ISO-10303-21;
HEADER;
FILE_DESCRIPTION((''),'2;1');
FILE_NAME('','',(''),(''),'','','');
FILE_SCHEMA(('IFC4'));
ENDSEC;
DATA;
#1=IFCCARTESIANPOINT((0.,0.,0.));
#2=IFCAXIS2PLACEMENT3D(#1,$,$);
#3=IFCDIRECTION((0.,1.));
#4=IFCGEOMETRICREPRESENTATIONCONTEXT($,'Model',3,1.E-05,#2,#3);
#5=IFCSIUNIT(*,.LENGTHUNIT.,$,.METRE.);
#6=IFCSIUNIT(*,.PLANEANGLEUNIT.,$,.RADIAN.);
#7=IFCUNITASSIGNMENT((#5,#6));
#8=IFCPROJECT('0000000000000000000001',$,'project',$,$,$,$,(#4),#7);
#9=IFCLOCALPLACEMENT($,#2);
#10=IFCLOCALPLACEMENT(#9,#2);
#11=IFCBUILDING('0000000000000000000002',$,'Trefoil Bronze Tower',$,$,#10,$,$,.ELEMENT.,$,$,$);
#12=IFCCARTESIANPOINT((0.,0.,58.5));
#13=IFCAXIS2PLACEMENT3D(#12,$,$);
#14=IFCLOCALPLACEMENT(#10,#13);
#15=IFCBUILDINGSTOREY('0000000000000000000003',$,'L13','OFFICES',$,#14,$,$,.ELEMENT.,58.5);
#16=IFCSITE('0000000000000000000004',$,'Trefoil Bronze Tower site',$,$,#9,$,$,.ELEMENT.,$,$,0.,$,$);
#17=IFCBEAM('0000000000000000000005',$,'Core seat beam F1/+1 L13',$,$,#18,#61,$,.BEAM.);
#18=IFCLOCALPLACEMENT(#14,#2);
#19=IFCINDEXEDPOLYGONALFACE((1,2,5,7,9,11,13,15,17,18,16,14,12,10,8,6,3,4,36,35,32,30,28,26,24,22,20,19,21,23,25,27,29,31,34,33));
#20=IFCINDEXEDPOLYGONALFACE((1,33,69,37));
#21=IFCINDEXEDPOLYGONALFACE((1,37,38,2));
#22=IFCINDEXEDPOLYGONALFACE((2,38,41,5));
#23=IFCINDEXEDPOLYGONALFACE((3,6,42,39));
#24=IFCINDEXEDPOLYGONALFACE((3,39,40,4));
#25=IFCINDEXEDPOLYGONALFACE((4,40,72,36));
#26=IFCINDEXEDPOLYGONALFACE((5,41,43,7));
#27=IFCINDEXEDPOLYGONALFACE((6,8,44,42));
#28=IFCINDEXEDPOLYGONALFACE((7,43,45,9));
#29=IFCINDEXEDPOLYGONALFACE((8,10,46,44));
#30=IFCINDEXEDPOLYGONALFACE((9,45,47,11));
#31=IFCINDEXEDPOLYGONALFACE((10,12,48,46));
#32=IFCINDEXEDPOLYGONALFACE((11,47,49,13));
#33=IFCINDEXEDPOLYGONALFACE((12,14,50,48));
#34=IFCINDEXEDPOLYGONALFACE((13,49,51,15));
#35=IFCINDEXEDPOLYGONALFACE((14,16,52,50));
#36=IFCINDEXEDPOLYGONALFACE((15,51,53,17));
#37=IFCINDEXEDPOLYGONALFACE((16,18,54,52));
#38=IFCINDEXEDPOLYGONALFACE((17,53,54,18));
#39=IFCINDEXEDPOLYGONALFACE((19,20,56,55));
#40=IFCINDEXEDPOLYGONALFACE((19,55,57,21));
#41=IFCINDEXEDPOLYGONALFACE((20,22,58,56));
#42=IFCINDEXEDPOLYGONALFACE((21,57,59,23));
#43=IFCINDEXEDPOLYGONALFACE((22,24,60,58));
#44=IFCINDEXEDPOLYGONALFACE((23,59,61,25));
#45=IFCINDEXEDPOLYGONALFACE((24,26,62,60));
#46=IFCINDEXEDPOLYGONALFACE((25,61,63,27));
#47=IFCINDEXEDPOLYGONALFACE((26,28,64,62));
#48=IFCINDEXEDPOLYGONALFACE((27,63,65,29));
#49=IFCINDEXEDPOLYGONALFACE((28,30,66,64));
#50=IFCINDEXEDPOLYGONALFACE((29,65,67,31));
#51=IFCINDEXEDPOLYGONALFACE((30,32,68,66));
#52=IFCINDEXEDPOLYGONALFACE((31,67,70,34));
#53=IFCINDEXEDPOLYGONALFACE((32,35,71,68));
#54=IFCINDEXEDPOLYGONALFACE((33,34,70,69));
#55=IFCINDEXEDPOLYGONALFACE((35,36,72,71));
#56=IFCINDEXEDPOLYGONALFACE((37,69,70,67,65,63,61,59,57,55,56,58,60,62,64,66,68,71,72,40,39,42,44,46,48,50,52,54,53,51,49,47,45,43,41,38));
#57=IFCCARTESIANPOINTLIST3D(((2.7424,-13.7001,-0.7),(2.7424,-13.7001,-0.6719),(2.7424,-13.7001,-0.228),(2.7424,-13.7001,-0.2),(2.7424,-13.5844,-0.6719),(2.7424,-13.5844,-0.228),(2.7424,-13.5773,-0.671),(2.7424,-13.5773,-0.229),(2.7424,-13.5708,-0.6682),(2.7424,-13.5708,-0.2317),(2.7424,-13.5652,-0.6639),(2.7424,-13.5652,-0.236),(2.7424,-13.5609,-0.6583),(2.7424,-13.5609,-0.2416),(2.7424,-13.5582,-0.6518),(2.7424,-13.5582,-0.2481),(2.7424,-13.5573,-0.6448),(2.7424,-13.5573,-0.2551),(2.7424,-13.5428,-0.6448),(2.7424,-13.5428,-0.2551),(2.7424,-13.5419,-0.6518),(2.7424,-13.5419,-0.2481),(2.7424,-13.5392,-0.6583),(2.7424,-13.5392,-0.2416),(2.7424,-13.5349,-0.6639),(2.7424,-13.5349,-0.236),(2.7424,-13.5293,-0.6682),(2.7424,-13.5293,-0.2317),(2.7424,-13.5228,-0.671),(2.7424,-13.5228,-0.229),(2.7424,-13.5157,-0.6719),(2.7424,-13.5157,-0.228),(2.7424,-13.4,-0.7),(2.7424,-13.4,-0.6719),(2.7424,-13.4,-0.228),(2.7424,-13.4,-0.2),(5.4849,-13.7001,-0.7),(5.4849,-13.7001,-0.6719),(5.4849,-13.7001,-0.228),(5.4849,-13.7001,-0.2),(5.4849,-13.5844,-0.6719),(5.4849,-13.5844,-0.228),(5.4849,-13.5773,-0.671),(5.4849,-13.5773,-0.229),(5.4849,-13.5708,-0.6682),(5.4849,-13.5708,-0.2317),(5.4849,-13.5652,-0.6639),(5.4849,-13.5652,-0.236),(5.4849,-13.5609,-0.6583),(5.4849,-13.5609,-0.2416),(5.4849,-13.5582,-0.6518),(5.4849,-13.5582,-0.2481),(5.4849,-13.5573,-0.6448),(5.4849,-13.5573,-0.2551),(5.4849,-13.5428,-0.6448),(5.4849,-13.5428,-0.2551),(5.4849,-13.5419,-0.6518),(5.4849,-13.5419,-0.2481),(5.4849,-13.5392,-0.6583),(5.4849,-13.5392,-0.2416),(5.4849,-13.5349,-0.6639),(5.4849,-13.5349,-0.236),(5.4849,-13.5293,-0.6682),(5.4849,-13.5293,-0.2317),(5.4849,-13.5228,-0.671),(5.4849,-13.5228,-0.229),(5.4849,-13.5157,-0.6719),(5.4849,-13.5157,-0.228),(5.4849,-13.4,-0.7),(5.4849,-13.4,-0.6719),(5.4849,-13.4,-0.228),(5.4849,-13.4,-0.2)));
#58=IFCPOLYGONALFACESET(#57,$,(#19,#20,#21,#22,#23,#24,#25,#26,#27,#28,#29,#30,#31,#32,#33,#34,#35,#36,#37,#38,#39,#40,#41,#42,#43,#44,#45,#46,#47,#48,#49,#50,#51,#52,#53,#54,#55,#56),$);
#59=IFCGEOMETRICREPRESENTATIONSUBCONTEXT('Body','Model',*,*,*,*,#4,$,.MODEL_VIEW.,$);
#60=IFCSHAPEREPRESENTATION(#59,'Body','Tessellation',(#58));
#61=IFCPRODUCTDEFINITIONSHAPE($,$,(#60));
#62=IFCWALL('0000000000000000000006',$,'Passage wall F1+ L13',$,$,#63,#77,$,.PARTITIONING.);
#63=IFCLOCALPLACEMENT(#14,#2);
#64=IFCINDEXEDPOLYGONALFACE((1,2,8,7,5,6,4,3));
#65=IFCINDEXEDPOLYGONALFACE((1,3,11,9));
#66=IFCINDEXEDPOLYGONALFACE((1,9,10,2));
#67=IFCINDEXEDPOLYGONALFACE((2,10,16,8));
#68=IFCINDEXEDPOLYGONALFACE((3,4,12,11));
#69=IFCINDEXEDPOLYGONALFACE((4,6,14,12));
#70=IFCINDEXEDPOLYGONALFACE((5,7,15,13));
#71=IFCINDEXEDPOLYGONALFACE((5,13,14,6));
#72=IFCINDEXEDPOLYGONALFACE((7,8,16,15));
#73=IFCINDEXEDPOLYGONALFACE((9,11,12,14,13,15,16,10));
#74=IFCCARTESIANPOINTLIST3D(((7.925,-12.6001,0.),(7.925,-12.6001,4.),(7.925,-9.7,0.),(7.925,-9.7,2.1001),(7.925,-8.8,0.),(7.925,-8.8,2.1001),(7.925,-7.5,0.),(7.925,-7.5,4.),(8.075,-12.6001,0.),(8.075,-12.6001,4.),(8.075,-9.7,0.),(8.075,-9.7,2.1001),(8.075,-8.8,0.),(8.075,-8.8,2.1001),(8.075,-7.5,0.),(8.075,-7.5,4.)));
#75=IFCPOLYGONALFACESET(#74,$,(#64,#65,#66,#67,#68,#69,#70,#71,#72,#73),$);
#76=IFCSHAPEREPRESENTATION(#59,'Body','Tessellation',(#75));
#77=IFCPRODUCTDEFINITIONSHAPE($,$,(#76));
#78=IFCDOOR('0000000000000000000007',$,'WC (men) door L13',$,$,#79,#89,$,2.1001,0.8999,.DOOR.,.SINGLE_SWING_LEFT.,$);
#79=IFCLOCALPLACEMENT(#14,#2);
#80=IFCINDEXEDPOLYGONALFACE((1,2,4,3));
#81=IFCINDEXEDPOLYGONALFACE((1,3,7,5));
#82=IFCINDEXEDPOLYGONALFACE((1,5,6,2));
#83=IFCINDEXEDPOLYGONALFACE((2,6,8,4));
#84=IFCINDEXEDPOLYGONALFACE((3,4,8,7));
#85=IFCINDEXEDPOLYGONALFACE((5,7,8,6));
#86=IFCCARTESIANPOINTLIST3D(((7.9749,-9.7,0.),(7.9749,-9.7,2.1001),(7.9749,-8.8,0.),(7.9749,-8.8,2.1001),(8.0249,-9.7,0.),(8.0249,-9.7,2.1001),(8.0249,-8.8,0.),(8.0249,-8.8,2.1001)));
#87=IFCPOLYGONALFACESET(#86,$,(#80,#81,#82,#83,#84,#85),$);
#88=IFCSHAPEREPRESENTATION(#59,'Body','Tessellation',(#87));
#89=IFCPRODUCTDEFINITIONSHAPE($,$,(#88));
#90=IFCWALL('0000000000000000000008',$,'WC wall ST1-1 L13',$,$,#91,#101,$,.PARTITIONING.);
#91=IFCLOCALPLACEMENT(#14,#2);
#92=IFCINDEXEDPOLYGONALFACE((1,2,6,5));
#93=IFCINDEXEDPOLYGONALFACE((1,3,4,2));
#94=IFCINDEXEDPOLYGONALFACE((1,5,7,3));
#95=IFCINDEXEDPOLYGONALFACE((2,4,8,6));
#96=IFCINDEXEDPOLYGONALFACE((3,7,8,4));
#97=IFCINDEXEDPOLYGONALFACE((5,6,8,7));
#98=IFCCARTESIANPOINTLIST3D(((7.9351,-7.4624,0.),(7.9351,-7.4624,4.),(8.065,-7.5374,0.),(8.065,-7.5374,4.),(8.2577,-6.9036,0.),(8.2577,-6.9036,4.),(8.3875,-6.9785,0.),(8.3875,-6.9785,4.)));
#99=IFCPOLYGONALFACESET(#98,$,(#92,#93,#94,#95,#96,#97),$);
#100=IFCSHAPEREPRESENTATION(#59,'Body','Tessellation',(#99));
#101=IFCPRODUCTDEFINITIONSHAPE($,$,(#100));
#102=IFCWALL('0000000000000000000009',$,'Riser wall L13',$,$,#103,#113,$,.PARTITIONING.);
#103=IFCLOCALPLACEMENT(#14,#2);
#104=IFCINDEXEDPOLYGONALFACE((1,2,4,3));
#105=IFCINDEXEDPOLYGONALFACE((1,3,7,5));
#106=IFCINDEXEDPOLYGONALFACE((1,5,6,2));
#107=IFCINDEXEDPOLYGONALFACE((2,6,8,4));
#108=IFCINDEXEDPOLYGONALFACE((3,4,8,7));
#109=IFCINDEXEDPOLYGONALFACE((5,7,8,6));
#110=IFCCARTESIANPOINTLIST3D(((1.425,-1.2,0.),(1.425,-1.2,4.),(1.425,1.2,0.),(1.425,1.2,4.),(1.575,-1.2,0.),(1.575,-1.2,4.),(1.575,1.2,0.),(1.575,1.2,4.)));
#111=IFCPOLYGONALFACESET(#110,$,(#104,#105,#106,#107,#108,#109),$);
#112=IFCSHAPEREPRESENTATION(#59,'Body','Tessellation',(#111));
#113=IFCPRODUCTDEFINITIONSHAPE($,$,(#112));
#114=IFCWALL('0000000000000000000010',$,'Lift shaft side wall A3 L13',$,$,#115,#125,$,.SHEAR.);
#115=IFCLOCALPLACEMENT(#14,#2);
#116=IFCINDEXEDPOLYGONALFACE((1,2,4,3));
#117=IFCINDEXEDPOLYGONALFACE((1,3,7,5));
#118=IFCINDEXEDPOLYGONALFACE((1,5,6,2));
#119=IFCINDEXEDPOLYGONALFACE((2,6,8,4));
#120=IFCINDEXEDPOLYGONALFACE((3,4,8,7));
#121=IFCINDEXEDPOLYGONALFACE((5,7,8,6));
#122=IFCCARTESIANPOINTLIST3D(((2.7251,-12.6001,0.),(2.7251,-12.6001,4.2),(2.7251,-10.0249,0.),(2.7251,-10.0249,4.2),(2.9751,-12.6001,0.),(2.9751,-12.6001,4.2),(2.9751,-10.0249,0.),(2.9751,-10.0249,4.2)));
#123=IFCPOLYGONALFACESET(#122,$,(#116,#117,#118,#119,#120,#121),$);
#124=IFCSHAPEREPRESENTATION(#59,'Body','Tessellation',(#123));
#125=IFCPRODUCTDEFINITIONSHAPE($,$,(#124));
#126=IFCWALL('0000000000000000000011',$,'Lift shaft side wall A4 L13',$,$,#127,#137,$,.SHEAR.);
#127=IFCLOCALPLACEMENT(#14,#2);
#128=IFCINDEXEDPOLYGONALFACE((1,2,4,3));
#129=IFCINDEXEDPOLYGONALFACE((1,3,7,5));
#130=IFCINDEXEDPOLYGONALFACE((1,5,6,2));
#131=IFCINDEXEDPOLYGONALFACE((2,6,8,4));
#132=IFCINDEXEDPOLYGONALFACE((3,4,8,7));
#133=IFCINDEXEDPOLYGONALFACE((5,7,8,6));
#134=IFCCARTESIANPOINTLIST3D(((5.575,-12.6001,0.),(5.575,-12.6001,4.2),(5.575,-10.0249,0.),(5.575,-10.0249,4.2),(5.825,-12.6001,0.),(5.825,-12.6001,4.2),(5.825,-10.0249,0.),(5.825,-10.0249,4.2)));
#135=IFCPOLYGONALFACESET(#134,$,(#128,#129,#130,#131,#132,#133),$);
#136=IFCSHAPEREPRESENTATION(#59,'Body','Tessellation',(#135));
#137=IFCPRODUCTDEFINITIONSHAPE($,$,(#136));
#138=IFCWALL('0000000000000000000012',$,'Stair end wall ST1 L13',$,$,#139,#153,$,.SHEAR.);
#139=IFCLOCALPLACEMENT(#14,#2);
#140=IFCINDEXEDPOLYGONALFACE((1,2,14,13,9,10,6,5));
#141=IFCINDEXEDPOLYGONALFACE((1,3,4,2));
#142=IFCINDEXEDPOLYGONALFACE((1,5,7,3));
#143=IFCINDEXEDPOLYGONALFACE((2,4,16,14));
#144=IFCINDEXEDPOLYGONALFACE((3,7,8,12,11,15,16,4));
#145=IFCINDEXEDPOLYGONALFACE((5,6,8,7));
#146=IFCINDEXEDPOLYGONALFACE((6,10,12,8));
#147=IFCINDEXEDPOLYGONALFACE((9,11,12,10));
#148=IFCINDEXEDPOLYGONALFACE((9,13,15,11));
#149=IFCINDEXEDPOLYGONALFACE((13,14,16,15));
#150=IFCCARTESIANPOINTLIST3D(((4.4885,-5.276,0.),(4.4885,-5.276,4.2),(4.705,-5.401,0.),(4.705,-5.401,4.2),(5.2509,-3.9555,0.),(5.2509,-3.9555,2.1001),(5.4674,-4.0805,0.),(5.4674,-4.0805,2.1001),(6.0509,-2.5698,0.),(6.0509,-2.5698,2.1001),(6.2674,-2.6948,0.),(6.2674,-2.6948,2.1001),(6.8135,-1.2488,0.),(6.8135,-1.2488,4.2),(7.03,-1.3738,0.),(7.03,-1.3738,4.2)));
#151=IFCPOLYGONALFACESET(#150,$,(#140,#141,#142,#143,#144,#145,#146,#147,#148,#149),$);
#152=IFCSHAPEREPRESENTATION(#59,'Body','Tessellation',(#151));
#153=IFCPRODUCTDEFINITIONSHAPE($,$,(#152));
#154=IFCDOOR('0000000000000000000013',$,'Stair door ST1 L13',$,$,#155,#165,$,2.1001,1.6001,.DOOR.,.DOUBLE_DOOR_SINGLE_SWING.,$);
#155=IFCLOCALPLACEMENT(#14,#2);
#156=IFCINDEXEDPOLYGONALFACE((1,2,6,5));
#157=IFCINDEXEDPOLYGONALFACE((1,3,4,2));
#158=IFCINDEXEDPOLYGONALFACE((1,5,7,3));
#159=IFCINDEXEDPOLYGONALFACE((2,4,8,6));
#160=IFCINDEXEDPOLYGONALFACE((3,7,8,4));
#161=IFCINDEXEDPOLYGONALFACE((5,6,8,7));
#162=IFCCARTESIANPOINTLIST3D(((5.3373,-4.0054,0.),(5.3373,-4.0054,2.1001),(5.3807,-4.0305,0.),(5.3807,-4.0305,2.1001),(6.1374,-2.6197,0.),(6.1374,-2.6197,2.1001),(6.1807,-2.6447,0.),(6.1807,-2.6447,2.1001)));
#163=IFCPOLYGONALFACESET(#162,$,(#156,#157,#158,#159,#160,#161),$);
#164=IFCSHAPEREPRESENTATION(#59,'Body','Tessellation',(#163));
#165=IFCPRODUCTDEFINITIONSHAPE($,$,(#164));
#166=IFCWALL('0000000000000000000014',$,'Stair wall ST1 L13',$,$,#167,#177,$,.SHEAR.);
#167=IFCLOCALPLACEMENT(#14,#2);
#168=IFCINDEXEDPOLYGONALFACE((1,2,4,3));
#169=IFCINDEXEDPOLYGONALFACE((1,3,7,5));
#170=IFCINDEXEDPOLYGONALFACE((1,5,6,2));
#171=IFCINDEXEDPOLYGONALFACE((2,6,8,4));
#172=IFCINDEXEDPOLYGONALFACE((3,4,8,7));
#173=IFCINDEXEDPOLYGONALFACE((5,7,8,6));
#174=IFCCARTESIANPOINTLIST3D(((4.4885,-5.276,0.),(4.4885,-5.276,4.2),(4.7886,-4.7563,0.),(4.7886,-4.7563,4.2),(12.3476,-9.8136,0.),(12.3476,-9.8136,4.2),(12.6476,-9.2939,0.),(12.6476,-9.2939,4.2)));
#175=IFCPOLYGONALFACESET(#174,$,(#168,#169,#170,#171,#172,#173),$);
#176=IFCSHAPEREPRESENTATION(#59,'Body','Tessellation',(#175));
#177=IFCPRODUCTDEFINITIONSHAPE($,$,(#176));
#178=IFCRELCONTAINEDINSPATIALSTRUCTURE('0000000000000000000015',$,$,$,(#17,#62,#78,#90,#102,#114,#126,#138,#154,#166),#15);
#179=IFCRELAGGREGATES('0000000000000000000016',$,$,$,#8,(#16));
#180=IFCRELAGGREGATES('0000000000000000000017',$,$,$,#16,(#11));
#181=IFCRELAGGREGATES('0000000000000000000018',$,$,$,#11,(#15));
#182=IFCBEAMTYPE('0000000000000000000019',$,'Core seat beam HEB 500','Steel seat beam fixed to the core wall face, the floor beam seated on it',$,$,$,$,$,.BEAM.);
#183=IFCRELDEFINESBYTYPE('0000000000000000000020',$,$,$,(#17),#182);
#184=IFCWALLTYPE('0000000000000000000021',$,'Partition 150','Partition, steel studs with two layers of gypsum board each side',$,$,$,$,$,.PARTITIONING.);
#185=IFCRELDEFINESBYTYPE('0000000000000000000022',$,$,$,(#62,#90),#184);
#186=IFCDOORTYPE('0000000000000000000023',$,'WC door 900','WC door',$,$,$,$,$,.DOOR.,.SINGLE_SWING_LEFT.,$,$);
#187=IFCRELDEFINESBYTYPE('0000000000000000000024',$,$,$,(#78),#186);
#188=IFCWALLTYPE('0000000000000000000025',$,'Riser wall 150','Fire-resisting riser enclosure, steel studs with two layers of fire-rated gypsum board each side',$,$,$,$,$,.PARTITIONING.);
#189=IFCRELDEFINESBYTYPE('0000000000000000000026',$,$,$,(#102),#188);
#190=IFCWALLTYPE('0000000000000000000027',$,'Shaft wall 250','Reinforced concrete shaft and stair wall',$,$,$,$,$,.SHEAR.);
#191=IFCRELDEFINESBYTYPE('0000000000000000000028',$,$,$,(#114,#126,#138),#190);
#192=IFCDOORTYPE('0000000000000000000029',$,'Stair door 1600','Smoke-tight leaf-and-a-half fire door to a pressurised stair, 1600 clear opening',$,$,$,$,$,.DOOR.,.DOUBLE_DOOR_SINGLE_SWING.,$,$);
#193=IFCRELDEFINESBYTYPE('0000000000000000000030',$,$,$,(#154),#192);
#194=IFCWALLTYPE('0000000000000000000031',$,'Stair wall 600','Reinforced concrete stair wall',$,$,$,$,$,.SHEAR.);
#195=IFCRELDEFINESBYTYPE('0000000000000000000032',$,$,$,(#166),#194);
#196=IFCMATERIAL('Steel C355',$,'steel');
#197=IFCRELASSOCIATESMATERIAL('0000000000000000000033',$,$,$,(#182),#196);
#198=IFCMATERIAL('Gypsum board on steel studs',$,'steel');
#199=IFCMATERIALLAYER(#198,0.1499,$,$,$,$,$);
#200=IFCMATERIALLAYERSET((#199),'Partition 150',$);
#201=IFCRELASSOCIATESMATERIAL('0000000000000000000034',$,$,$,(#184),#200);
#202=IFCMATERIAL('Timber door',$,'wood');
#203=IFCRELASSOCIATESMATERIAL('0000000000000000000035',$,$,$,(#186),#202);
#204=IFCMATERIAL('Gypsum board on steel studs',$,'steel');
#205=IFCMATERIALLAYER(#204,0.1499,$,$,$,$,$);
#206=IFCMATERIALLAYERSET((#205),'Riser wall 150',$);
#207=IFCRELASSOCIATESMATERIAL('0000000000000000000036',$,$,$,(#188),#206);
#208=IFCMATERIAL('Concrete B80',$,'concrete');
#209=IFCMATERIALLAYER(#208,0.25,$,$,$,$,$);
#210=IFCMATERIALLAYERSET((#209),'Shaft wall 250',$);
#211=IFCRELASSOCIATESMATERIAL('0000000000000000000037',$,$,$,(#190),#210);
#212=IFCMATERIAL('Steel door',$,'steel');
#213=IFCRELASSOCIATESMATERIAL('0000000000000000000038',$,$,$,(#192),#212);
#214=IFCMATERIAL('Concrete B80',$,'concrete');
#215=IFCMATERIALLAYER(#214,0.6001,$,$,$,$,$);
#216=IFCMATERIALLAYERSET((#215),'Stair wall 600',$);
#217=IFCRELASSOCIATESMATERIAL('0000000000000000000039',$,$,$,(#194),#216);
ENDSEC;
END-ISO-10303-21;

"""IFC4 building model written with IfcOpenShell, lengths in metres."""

from ifc_helpers import new_model, si_unit, direction, frame, frame_2d, origin, origin_2d, place, context, subcontext, project, spatial, rectangle, i_section, extrude, material, layer, layer_set, material_profile, profile_set, type_object, element, fill, save


model = new_model("IFC4")

# Units and contexts
model_context = context("Model", 3, precision=1e-05, world=origin(), true_north=direction((0.0, 1.0)))
body_context = subcontext(model_context, "Body", "Model", "MODEL_VIEW")
ifc_project = project(units=[si_unit("LENGTHUNIT", "METRE"), si_unit("PLANEANGLEUNIT", "RADIAN")], contexts=[model_context])

# Site, building, storey
site_placement = place(None, origin())
site = spatial("IfcSite", under=ifc_project, at=site_placement, Name="Trefoil Bronze Tower site", CompositionType="ELEMENT", RefElevation=0.0)
building_placement = place(site_placement, origin())
building = spatial("IfcBuilding", under=site, at=building_placement, Name="Trefoil Bronze Tower", CompositionType="ELEMENT")
storey_placement = place(building_placement, frame((0.0, 0.0, 58.5)))
storey = spatial("IfcBuildingStorey", under=building, at=storey_placement, Name="L13", Description="OFFICES", CompositionType="ELEMENT", Elevation=58.5)

# Beam
ifc_material_1 = material(Name="Steel C355", Category="steel")
ifc_material_profile = material_profile(ifc_material_1, i_section(OverallWidth=0.3, OverallDepth=0.5, WebThickness=0.0144, FlangeThickness=0.0281, FilletRadius=0.0271, at=origin_2d()), Name="HEB 500")
ifc_profile_set = profile_set([ifc_material_profile], Name="Steel C355")
beam_type = type_object("IfcBeamType", Name="Core seat beam HEB 500", Description="Steel seat beam fixed to the core wall face, the floor beam seated on it", PredefinedType="BEAM", material=ifc_profile_set)
beam_placement = place(storey_placement, frame((2.7424, -13.55, -0.45), z_axis=(1.0, 0.0, 0.0), x_axis=(0.0, 1.0, 0.0)))
element("IfcBeam", 1, at=beam_placement, inside=storey, type_object=beam_type, Name="Core seat beam F1/+1 L13", PredefinedType="BEAM", context=body_context, shape_type="SweptSolid", body=[
    extrude(i_section(OverallWidth=0.3, OverallDepth=0.5, WebThickness=0.0144, FlangeThickness=0.0281, FilletRadius=0.0271, at=origin_2d()), origin(), (0.0, 0.0, 1.0), 2.7424),
])

# Wall, opening, door
ifc_material_2 = material(Name="Gypsum board on steel studs", Category="steel")
ifc_layer_1 = layer(ifc_material_2, 0.1499)
ifc_layer_set_1 = layer_set([ifc_layer_1], Name="Partition 150")
wall_type_1 = type_object("IfcWallType", Name="Partition 150", Description="Partition, steel studs with two layers of gypsum board each side", PredefinedType="PARTITIONING", material=ifc_layer_set_1)
wall_1_placement = place(storey_placement, frame((8.0, -7.5, 0.0), z_axis=(0.0, 0.0, 1.0), x_axis=(0.0, -1.0, 0.0)))
wall_1 = element("IfcWall", 2, at=wall_1_placement, inside=storey, type_object=wall_type_1, Name="Passage wall F1+ L13", PredefinedType="PARTITIONING", context=body_context, shape_type="SweptSolid", body=[
    extrude(rectangle(XDim=5.1001, YDim=0.1499, at=frame_2d((2.55, 0.0))), origin(), (0.0, 0.0, 1.0), 4.0),
])
opening_1_placement = place(wall_1_placement, frame((1.3, 0.0, 0.0)))
opening_1 = element("IfcOpeningElement", 3, at=opening_1_placement, cuts=wall_1, PredefinedType="OPENING", context=body_context, shape_type="SweptSolid", body=[
    extrude(rectangle(XDim=0.8999, YDim=2.1001, at=frame_2d((0.45, 1.05))), frame((0.0, 0.085, 0.0), z_axis=(0.0, -1.0, 0.0), x_axis=(1.0, 0.0, 0.0)), (0.0, 0.0, 1.0), 0.1699),
])
ifc_material_3 = material(Name="Timber door", Category="wood")
door_type_1 = type_object("IfcDoorType", Name="WC door 900", Description="WC door", OperationType="SINGLE_SWING_LEFT", PredefinedType="DOOR", material=ifc_material_3)
door_1_placement = place(opening_1_placement, origin())
door_1 = element("IfcDoor", 4, at=door_1_placement, inside=storey, type_object=door_type_1, Name="WC (men) door L13", OperationType="SINGLE_SWING_LEFT", OverallHeight=2.1001, OverallWidth=0.8999, PredefinedType="DOOR", context=body_context, shape_type="SweptSolid", body=[
    extrude(rectangle(XDim=0.8999, YDim=2.1001, at=frame_2d((0.45, 1.05))), frame((0.0, 0.0249, 0.0), z_axis=(0.0, -1.0, 0.0), x_axis=(1.0, 0.0, 0.0)), (0.0, 0.0, 1.0), 0.05),
])
fill(opening_1, door_1)

# Walls
wall_2_placement = place(storey_placement, frame((8.0, -7.5, 0.0), z_axis=(0.0, 0.0, 1.0), x_axis=(0.499843, 0.866116, 0.0)))
element("IfcWall", 5, at=wall_2_placement, inside=storey, type_object=wall_type_1, Name="WC wall ST1-1 L13", PredefinedType="PARTITIONING", context=body_context, shape_type="SweptSolid", body=[
    extrude(rectangle(XDim=0.6453, YDim=0.1499, at=frame_2d((0.3228, 0.0))), origin(), (0.0, 0.0, 1.0), 4.0),
])
ifc_material_4 = material(Name="Gypsum board on steel studs", Category="steel")
ifc_layer_2 = layer(ifc_material_4, 0.1499)
ifc_layer_set_2 = layer_set([ifc_layer_2], Name="Riser wall 150")
wall_type_2 = type_object("IfcWallType", Name="Riser wall 150", Description="Fire-resisting riser enclosure, steel studs with two layers of fire-rated gypsum board each side", PredefinedType="PARTITIONING", material=ifc_layer_set_2)
wall_3_placement = place(storey_placement, frame((1.5, -1.2, 0.0), z_axis=(0.0, 0.0, 1.0), x_axis=(0.0, 1.0, 0.0)))
element("IfcWall", 6, at=wall_3_placement, inside=storey, type_object=wall_type_2, Name="Riser wall L13", PredefinedType="PARTITIONING", context=body_context, shape_type="SweptSolid", body=[
    extrude(rectangle(XDim=2.3999, YDim=0.1499, at=frame_2d((1.2, 0.0))), origin(), (0.0, 0.0, 1.0), 4.0),
])
ifc_material_5 = material(Name="Concrete B80", Category="concrete")
ifc_layer_3 = layer(ifc_material_5, 0.25)
ifc_layer_set_3 = layer_set([ifc_layer_3], Name="Shaft wall 250")
wall_type_3 = type_object("IfcWallType", Name="Shaft wall 250", Description="Reinforced concrete shaft and stair wall", PredefinedType="SHEAR", material=ifc_layer_set_3)
for number, where, z_axis, x_axis, name in (
    (7, (2.8501, -10.0249, 0.0), (0.0, 0.0, 1.0), (0.0, -1.0, 0.0), "Lift shaft side wall A3 L13"),
    (8, (5.7, -10.0249, 0.0), (0.0, 0.0, 1.0), (0.0, -1.0, 0.0), "Lift shaft side wall A4 L13"),
):
    element("IfcWall", number, at=place(storey_placement, frame(where, z_axis=z_axis, x_axis=x_axis)), inside=storey, type_object=wall_type_3, Name=name, PredefinedType="SHEAR", context=body_context, shape_type="SweptSolid", body=[
        extrude(rectangle(XDim=2.5752, YDim=0.25, at=frame_2d((1.2876, 0.0))), origin(), (0.0, 0.0, 1.0), 4.2),
    ])

# Wall, opening, door
wall_4_placement = place(storey_placement, frame((4.5967, -5.3386, 0.0), z_axis=(0.0, 0.0, 1.0), x_axis=(0.499985, 0.866034, 0.0)))
wall_4 = element("IfcWall", 9, at=wall_4_placement, inside=storey, type_object=wall_type_3, Name="Stair end wall ST1 L13", PredefinedType="SHEAR", context=body_context, shape_type="SweptSolid", body=[
    extrude(rectangle(XDim=4.6501, YDim=0.25, at=frame_2d((2.3252, 0.0))), origin(), (0.0, 0.0, 1.0), 4.2),
])
opening_2_placement = place(wall_4_placement, frame((1.5249, 0.0, 0.0)))
opening_2 = element("IfcOpeningElement", 10, at=opening_2_placement, cuts=wall_4, PredefinedType="OPENING", context=body_context, shape_type="SweptSolid", body=[
    extrude(rectangle(XDim=1.6001, YDim=2.1001, at=frame_2d((0.8, 1.05))), frame((0.0, 0.135, 0.0), z_axis=(0.0, -1.0, 0.0), x_axis=(1.0, 0.0, 0.0)), (0.0, 0.0, 1.0), 0.27),
])
ifc_material_6 = material(Name="Steel door", Category="steel")
door_type_2 = type_object("IfcDoorType", Name="Stair door 1600", Description="Smoke-tight leaf-and-a-half fire door to a pressurised stair, 1600 clear opening", OperationType="DOUBLE_DOOR_SINGLE_SWING", PredefinedType="DOOR", material=ifc_material_6)
door_2_placement = place(opening_2_placement, frame((1.6001, 0.0, 0.0), z_axis=(0.0, 0.0, 1.0), x_axis=(-1.0, 0.0, 0.0)))
door_2 = element("IfcDoor", 11, at=door_2_placement, inside=storey, type_object=door_type_2, Name="Stair door ST1 L13", OperationType="DOUBLE_DOOR_SINGLE_SWING", OverallHeight=2.1001, OverallWidth=1.6001, PredefinedType="DOOR", context=body_context, shape_type="SweptSolid", body=[
    extrude(rectangle(XDim=1.6001, YDim=2.1001, at=frame_2d((0.8, 1.05))), frame((0.0, 0.0249, 0.0), z_axis=(0.0, -1.0, 0.0), x_axis=(1.0, 0.0, 0.0)), (0.0, 0.0, 1.0), 0.05),
])
fill(opening_2, door_2)

# Wall
ifc_material_7 = material(Name="Concrete B80", Category="concrete")
ifc_layer_4 = layer(ifc_material_7, 0.6001)
ifc_layer_set_4 = layer_set([ifc_layer_4], Name="Stair wall 600")
wall_type_4 = type_object("IfcWallType", Name="Stair wall 600", Description="Reinforced concrete stair wall", PredefinedType="SHEAR", material=ifc_layer_set_4)
for number, where, z_axis, x_axis, name in (
    (12, (4.6384, -5.0161, 0.0), (0.0, 0.0, 1.0), (0.866019, -0.50001, 0.0), "Stair wall ST1 L13"),
):
    element("IfcWall", number, at=place(storey_placement, frame(where, z_axis=z_axis, x_axis=x_axis)), inside=storey, type_object=wall_type_4, Name=name, PredefinedType="SHEAR", context=body_context, shape_type="SweptSolid", body=[
        extrude(rectangle(XDim=9.075, YDim=0.6001, at=frame_2d((4.5376, 0.0))), origin(), (0.0, 0.0, 1.0), 4.2),
    ])

save(model, "model.ifc")
